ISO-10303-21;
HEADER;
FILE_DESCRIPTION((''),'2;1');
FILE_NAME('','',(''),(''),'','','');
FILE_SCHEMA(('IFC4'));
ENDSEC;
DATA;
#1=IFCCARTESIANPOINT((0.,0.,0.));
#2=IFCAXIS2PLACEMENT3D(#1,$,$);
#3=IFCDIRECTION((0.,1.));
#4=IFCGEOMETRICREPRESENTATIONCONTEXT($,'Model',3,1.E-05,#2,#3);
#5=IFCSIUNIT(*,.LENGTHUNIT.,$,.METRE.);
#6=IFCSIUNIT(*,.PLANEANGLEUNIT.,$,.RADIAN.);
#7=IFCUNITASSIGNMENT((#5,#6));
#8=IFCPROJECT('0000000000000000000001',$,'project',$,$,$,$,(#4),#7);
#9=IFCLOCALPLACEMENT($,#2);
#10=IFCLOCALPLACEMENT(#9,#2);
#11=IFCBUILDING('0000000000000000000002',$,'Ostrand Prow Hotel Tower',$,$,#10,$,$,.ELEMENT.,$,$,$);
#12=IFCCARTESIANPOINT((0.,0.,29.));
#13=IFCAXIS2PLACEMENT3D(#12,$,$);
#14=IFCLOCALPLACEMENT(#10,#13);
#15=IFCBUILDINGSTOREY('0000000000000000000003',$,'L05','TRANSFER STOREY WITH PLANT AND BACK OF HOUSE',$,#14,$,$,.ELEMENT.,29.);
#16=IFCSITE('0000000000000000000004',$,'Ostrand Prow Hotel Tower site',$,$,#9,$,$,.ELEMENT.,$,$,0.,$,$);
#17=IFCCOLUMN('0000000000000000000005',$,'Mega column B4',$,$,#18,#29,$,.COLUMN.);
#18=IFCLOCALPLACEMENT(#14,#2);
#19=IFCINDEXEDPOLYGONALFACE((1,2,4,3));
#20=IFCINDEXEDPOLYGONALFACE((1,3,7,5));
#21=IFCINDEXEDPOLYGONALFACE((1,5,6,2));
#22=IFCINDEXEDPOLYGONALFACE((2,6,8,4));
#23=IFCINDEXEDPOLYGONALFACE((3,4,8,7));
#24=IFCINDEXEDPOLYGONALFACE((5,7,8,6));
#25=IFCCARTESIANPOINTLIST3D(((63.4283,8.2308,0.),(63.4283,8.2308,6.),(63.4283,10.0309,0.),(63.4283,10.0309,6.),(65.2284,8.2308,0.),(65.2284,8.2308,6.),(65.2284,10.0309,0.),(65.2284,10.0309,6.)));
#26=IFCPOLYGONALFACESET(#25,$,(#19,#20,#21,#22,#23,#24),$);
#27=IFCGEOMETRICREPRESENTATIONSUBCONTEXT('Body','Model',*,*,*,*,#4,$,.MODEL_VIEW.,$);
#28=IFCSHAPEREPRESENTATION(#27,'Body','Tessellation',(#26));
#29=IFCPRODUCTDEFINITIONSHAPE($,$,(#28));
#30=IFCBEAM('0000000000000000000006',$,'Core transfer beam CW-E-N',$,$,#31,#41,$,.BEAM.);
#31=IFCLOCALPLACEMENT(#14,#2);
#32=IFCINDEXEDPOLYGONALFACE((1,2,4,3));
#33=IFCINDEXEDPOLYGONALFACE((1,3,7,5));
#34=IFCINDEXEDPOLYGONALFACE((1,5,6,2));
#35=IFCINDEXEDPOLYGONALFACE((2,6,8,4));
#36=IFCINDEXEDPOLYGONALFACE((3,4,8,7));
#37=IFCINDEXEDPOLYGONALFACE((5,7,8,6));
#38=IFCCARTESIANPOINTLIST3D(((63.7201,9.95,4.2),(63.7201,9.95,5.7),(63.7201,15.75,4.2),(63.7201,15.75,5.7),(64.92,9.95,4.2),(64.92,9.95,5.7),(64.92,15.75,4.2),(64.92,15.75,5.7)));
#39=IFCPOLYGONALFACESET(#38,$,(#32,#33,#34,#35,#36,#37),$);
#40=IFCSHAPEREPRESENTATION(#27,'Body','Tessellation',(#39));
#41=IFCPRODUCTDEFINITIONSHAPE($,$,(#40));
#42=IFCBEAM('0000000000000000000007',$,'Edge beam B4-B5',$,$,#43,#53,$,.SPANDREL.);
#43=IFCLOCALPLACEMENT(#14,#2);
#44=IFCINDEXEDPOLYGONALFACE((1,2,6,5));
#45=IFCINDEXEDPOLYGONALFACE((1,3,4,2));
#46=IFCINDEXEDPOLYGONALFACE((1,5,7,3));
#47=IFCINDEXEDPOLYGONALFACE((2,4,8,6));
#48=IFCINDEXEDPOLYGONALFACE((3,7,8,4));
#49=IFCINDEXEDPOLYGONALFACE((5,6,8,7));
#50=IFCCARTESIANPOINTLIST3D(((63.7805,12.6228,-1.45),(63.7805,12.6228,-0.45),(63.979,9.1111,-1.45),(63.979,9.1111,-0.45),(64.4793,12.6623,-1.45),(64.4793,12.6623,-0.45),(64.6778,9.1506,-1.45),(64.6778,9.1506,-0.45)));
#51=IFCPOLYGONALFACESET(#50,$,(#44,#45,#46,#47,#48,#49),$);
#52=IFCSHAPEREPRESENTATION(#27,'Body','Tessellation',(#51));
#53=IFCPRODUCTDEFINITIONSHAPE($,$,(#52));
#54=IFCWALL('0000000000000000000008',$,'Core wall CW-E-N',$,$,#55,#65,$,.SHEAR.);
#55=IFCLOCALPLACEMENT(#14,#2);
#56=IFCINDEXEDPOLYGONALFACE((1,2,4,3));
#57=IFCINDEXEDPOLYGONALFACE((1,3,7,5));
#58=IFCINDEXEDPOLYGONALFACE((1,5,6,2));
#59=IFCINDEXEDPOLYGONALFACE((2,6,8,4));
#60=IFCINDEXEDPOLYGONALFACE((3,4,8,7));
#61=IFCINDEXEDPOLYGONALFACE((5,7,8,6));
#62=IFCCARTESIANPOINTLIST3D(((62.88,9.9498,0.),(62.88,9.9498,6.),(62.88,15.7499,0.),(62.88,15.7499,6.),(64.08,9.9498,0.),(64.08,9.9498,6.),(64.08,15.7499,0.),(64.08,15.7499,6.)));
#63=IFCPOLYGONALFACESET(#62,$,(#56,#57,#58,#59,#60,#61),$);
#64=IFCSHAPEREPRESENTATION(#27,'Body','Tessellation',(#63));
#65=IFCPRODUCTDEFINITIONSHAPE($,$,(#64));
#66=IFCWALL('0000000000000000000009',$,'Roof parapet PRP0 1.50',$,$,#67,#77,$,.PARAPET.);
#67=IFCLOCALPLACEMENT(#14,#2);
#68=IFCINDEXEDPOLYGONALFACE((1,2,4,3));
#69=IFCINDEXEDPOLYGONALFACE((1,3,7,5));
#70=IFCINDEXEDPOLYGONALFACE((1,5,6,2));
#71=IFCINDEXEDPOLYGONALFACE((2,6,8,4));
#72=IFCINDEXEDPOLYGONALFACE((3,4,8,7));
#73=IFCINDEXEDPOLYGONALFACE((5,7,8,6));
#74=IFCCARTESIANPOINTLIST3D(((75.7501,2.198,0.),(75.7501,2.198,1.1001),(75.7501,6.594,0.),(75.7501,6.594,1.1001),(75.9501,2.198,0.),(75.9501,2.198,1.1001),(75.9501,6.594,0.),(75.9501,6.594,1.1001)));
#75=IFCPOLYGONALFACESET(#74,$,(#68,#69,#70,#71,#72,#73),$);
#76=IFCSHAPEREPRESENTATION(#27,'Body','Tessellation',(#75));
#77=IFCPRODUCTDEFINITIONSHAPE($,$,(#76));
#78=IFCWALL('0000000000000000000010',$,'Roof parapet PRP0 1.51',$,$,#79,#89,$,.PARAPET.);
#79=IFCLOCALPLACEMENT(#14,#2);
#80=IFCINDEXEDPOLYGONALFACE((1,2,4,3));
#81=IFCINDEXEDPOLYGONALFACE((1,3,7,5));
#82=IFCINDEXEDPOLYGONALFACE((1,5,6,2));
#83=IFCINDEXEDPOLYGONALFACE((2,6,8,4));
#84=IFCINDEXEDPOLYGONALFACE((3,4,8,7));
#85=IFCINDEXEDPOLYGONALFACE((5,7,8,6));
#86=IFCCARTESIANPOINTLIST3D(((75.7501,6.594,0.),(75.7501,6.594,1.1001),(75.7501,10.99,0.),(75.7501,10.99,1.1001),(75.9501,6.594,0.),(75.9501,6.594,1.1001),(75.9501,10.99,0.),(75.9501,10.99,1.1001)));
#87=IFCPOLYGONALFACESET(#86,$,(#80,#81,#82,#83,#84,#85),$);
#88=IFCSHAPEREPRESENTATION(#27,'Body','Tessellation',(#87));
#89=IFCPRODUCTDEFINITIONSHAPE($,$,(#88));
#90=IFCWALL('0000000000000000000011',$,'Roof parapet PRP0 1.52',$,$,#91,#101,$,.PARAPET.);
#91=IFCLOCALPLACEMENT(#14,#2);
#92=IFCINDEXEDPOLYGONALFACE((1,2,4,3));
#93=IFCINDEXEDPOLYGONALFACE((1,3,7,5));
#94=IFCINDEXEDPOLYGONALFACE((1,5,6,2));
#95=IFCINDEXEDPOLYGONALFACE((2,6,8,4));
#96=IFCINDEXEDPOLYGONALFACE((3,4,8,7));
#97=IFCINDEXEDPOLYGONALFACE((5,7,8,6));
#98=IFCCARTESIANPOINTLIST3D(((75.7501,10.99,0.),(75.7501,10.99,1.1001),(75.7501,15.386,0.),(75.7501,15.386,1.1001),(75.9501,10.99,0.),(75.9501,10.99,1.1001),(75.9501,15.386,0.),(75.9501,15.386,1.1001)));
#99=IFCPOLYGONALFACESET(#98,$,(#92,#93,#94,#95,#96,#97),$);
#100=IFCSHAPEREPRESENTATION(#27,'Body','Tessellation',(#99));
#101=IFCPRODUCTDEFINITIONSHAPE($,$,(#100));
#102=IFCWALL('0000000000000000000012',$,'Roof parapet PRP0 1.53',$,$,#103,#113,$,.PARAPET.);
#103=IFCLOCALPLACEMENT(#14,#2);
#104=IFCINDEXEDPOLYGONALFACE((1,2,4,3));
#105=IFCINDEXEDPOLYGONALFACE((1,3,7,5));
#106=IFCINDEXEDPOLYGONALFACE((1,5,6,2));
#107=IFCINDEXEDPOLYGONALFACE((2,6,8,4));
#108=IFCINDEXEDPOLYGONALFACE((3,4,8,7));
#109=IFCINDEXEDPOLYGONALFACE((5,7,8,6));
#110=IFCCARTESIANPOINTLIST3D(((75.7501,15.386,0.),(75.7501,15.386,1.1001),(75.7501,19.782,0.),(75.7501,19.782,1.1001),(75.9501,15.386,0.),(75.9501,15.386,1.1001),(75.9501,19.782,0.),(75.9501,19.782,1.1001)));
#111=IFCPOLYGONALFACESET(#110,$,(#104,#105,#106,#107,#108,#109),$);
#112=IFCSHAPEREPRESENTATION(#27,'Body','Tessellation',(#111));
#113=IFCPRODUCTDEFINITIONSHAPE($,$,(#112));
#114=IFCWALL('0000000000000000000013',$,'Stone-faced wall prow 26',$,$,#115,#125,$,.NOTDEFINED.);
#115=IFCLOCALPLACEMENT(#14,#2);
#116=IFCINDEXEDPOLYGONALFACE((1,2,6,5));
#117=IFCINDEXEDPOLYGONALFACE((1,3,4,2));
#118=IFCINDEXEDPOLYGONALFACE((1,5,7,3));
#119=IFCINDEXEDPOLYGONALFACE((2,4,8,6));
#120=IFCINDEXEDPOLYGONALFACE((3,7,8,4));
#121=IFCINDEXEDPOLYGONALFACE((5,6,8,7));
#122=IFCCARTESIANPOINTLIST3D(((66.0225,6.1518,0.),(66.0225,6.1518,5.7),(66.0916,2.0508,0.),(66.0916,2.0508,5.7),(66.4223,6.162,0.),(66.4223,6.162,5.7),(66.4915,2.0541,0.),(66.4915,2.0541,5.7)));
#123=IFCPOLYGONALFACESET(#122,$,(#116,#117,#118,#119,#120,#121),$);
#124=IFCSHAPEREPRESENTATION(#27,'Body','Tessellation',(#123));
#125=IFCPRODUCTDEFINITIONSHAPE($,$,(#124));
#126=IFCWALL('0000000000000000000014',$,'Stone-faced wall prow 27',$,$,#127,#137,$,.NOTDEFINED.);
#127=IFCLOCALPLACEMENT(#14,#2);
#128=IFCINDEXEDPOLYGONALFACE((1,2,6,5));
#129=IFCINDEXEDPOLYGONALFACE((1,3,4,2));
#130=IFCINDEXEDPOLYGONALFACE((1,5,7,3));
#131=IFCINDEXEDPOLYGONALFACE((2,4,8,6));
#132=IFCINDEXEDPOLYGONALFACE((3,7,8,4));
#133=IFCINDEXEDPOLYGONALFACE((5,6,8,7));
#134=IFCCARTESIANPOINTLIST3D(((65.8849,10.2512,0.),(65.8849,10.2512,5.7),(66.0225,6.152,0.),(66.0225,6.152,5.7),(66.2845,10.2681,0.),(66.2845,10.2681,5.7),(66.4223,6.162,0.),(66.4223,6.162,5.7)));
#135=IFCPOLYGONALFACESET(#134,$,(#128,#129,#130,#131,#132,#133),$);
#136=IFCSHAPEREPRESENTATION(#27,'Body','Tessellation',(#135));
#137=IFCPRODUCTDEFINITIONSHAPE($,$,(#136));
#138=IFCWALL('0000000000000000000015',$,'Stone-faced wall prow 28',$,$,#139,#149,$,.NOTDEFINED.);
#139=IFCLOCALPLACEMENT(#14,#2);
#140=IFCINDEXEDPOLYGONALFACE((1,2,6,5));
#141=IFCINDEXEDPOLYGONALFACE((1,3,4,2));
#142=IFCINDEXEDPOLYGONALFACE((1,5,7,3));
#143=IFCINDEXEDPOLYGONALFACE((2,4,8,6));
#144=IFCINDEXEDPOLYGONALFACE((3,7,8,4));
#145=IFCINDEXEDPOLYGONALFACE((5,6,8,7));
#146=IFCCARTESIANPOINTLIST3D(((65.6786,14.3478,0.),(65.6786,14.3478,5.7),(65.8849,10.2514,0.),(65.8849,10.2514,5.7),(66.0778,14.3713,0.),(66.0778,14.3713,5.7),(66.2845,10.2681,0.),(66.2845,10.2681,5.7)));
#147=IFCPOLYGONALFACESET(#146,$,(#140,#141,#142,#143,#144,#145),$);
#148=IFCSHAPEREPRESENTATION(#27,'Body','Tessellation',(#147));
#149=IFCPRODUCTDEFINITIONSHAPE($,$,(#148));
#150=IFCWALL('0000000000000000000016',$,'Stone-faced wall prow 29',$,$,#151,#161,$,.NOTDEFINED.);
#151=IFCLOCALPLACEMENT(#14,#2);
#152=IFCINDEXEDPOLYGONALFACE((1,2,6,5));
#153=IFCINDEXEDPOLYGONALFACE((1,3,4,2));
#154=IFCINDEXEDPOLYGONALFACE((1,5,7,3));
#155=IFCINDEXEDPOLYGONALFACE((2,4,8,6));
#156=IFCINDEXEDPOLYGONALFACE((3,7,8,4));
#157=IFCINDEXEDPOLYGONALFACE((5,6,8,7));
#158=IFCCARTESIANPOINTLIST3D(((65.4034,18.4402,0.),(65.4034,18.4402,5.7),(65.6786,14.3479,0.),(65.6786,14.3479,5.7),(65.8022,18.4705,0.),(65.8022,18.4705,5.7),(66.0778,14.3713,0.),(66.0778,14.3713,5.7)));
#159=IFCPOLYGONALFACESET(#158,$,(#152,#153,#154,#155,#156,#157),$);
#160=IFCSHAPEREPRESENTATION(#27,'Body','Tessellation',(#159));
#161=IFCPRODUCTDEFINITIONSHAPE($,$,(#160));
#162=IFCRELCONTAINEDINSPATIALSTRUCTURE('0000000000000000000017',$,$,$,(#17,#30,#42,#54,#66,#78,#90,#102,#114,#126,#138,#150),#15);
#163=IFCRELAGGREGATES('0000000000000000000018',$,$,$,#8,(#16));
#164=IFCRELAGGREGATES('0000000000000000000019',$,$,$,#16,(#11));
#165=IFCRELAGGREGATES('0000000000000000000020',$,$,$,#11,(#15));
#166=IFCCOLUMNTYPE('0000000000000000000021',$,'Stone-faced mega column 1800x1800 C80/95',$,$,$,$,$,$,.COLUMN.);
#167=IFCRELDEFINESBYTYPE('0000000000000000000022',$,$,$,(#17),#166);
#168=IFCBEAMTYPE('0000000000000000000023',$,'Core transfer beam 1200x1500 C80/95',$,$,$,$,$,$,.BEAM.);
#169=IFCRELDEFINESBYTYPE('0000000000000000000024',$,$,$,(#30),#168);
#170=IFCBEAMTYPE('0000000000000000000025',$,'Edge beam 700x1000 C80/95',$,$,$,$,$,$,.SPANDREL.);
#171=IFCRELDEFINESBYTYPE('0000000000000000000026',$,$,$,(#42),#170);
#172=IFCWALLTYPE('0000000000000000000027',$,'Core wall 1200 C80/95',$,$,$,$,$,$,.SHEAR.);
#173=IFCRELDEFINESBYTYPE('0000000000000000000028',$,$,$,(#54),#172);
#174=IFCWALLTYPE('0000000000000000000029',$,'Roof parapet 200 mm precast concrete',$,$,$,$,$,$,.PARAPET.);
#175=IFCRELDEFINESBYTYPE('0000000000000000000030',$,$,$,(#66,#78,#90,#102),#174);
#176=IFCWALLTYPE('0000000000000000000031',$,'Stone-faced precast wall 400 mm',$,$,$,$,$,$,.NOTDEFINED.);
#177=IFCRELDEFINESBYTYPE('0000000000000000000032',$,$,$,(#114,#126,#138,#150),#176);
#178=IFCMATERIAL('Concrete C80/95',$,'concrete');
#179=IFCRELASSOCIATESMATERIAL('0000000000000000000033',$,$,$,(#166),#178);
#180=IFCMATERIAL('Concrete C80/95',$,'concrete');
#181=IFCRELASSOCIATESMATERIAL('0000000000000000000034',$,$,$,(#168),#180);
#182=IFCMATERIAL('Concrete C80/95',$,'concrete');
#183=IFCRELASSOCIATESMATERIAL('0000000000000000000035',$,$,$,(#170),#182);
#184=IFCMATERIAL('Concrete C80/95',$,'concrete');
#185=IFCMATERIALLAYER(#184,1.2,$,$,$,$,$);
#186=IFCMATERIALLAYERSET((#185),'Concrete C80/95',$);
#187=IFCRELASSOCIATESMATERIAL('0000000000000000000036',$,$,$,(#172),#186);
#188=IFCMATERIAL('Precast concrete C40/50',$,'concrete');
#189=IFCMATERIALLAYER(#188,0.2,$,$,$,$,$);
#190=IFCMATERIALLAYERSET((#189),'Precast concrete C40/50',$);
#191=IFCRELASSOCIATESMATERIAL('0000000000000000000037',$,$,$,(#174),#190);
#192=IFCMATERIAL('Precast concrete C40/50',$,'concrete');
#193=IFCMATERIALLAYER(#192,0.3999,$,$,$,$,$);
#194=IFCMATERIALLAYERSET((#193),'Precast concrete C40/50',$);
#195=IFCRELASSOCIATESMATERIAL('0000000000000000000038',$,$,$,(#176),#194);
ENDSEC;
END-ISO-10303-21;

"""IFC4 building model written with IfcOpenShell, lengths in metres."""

from ifc_helpers import new_model, si_unit, direction, frame, frame_2d, origin, origin_2d, place, context, subcontext, project, spatial, polyline, rectangle, outline, extrude, material, layer, layer_set, material_profile, profile_set, type_object, element, save


model = new_model("IFC4")

# Units and contexts
model_context = context("Model", 3, precision=1e-05, world=origin(), true_north=direction((0.0, 1.0)))
body_context = subcontext(model_context, "Body", "Model", "MODEL_VIEW")
ifc_project = project(units=[si_unit("LENGTHUNIT", "METRE"), si_unit("PLANEANGLEUNIT", "RADIAN")], contexts=[model_context])

# Site, building, storey
site_placement = place(None, origin())
site = spatial("IfcSite", under=ifc_project, at=site_placement, Name="Ostrand Prow Hotel Tower site", CompositionType="ELEMENT", RefElevation=0.0)
building_placement = place(site_placement, origin())
building = spatial("IfcBuilding", under=site, at=building_placement, Name="Ostrand Prow Hotel Tower", CompositionType="ELEMENT")
storey_placement = place(building_placement, frame((0.0, 0.0, 29.0)))
storey = spatial("IfcBuildingStorey", under=building, at=storey_placement, Name="L05", Description="TRANSFER STOREY WITH PLANT AND BACK OF HOUSE", CompositionType="ELEMENT", Elevation=29.0)

# Column
ifc_material_1 = material(Name="Concrete C80/95", Category="concrete")
ifc_material_profile_1 = material_profile(ifc_material_1, rectangle(XDim=1.8, YDim=1.8, at=origin_2d()), Name="RC 1800x1800")
ifc_profile_set_1 = profile_set([ifc_material_profile_1], Name="Concrete C80/95")
column_type = type_object("IfcColumnType", Name="Stone-faced mega column 1800x1800 C80/95", PredefinedType="COLUMN", material=ifc_profile_set_1)
column_placement = place(storey_placement, frame((64.3284, 9.1309, 0.0), z_axis=(0.0, 0.0, 1.0), x_axis=(1.0, 0.0, 0.0)))
element("IfcColumn", 1, at=column_placement, inside=storey, type_object=column_type, Name="Mega column B4", PredefinedType="COLUMN", context=body_context, shape_type="SweptSolid", body=[
    extrude(rectangle(XDim=1.8, YDim=1.8, at=origin_2d()), origin(), (0.0, 0.0, 1.0), 6.0),
])

# Beams
ifc_material_2 = material(Name="Concrete C80/95", Category="concrete")
ifc_material_profile_2 = material_profile(ifc_material_2, rectangle(XDim=1.2, YDim=1.5, at=origin_2d()), Name="RC 1200x1500")
ifc_profile_set_2 = profile_set([ifc_material_profile_2], Name="Concrete C80/95")
beam_type_1 = type_object("IfcBeamType", Name="Core transfer beam 1200x1500 C80/95", PredefinedType="BEAM", material=ifc_profile_set_2)
beam_1_placement = place(storey_placement, frame((64.3201, 9.95, 4.95), z_axis=(0.0, 1.0, 0.0), x_axis=(-1.0, 0.0, 0.0)))
element("IfcBeam", 2, at=beam_1_placement, inside=storey, type_object=beam_type_1, Name="Core transfer beam CW-E-N", PredefinedType="BEAM", context=body_context, shape_type="SweptSolid", body=[
    extrude(rectangle(XDim=1.2, YDim=1.5, at=origin_2d()), origin(), (0.0, 0.0, 1.0), 5.8),
])
ifc_material_3 = material(Name="Concrete C80/95", Category="concrete")
ifc_material_profile_3 = material_profile(ifc_material_3, rectangle(XDim=0.7, YDim=1.0, at=origin_2d()), Name="RC 700x1000")
ifc_profile_set_3 = profile_set([ifc_material_profile_3], Name="Concrete C80/95")
beam_type_2 = type_object("IfcBeamType", Name="Edge beam 700x1000 C80/95", PredefinedType="SPANDREL", material=ifc_profile_set_3)
beam_2_placement = place(storey_placement, frame((64.3284, 9.1309, -0.95), z_axis=(-0.056431, 0.998406, 0.0), x_axis=(-0.998406, -0.056431, 0.0)))
element("IfcBeam", 3, at=beam_2_placement, inside=storey, type_object=beam_type_2, Name="Edge beam B4-B5", PredefinedType="SPANDREL", context=body_context, shape_type="SweptSolid", body=[
    extrude(rectangle(XDim=0.7, YDim=1.0, at=origin_2d()), origin(), (0.0, 0.0, 1.0), 3.5173),
])

# Walls
ifc_material_4 = material(Name="Concrete C80/95", Category="concrete")
ifc_layer_1 = layer(ifc_material_4, 1.2)
ifc_layer_set_1 = layer_set([ifc_layer_1], Name="Concrete C80/95")
wall_type_1 = type_object("IfcWallType", Name="Core wall 1200 C80/95", PredefinedType="SHEAR", material=ifc_layer_set_1)
wall_placement = place(storey_placement, frame((63.48, 9.95, 0.0), z_axis=(0.0, 0.0, 1.0), x_axis=(0.0, 1.0, 0.0)))
element("IfcWall", 4, at=wall_placement, inside=storey, type_object=wall_type_1, Name="Core wall CW-E-N", PredefinedType="SHEAR", context=body_context, shape_type="SweptSolid", body=[
    extrude(rectangle(XDim=5.8, YDim=1.2, at=frame_2d((2.8999, 0.0))), origin(), (0.0, 0.0, 1.0), 6.0),
])
ifc_material_5 = material(Name="Precast concrete C40/50", Category="concrete")
ifc_layer_2 = layer(ifc_material_5, 0.2)
ifc_layer_set_2 = layer_set([ifc_layer_2], Name="Precast concrete C40/50")
wall_type_2 = type_object("IfcWallType", Name="Roof parapet 200 mm precast concrete", PredefinedType="PARAPET", material=ifc_layer_set_2)
for number, where, z_axis, x_axis, name in (
    (5, (75.8501, 2.198, 0.0), (0.0, 0.0, 1.0), (0.0, 1.0, 0.0), "Roof parapet PRP0 1.50"),
    (6, (75.8501, 6.594, 0.0), (0.0, 0.0, 1.0), (0.0, 1.0, 0.0), "Roof parapet PRP0 1.51"),
    (7, (75.8501, 10.99, 0.0), (0.0, 0.0, 1.0), (0.0, 1.0, 0.0), "Roof parapet PRP0 1.52"),
    (8, (75.8501, 15.386, 0.0), (0.0, 0.0, 1.0), (0.0, 1.0, 0.0), "Roof parapet PRP0 1.53"),
):
    element("IfcWall", number, at=place(storey_placement, frame(where, z_axis=z_axis, x_axis=x_axis)), inside=storey, type_object=wall_type_2, Name=name, PredefinedType="PARAPET", context=body_context, shape_type="SweptSolid", body=[
        extrude(rectangle(XDim=4.396, YDim=0.2, at=frame_2d((2.198, 0.0))), origin(), (0.0, 0.0, 1.0), 1.1001),
    ])
ifc_material_6 = material(Name="Precast concrete C40/50", Category="concrete")
ifc_layer_3 = layer(ifc_material_6, 0.3999)
ifc_layer_set_3 = layer_set([ifc_layer_3], Name="Precast concrete C40/50")
wall_type_3 = type_object("IfcWallType", Name="Stone-faced precast wall 400 mm", PredefinedType="NOTDEFINED", material=ifc_layer_set_3)
for number, where, z_axis, x_axis, name in (
    (9, (66.2915, 2.0525, 0.0), (0.0, 0.0, 1.0), (-0.016831, 0.999858, 0.0), "Stone-faced wall prow 26"),
    (10, (66.2224, 6.157, 0.0), (0.0, 0.0, 1.0), (-0.033543, 0.999437, 0.0), "Stone-faced wall prow 27"),
    (11, (66.0847, 10.2598, 0.0), (0.0, 0.0, 1.0), (-0.050314, 0.998733, 0.0), "Stone-faced wall prow 28"),
    (12, (65.8782, 14.3596, 0.0), (0.0, 0.0, 1.0), (-0.067087, 0.997747, 0.0), "Stone-faced wall prow 29"),
):
    element("IfcWall", number, at=place(storey_placement, frame(where, z_axis=z_axis, x_axis=x_axis)), inside=storey, type_object=wall_type_3, Name=name, PredefinedType="NOTDEFINED", context=body_context, shape_type="SweptSolid", body=[
        extrude(outline(polyline([(-0.0017, -0.2), (4.1067, -0.2), (4.1033, 0.2), (0.0017, 0.2), (-0.0017, -0.2)])), origin(), (0.0, 0.0, 1.0), 5.7),
    ])

save(model, "model.ifc")
